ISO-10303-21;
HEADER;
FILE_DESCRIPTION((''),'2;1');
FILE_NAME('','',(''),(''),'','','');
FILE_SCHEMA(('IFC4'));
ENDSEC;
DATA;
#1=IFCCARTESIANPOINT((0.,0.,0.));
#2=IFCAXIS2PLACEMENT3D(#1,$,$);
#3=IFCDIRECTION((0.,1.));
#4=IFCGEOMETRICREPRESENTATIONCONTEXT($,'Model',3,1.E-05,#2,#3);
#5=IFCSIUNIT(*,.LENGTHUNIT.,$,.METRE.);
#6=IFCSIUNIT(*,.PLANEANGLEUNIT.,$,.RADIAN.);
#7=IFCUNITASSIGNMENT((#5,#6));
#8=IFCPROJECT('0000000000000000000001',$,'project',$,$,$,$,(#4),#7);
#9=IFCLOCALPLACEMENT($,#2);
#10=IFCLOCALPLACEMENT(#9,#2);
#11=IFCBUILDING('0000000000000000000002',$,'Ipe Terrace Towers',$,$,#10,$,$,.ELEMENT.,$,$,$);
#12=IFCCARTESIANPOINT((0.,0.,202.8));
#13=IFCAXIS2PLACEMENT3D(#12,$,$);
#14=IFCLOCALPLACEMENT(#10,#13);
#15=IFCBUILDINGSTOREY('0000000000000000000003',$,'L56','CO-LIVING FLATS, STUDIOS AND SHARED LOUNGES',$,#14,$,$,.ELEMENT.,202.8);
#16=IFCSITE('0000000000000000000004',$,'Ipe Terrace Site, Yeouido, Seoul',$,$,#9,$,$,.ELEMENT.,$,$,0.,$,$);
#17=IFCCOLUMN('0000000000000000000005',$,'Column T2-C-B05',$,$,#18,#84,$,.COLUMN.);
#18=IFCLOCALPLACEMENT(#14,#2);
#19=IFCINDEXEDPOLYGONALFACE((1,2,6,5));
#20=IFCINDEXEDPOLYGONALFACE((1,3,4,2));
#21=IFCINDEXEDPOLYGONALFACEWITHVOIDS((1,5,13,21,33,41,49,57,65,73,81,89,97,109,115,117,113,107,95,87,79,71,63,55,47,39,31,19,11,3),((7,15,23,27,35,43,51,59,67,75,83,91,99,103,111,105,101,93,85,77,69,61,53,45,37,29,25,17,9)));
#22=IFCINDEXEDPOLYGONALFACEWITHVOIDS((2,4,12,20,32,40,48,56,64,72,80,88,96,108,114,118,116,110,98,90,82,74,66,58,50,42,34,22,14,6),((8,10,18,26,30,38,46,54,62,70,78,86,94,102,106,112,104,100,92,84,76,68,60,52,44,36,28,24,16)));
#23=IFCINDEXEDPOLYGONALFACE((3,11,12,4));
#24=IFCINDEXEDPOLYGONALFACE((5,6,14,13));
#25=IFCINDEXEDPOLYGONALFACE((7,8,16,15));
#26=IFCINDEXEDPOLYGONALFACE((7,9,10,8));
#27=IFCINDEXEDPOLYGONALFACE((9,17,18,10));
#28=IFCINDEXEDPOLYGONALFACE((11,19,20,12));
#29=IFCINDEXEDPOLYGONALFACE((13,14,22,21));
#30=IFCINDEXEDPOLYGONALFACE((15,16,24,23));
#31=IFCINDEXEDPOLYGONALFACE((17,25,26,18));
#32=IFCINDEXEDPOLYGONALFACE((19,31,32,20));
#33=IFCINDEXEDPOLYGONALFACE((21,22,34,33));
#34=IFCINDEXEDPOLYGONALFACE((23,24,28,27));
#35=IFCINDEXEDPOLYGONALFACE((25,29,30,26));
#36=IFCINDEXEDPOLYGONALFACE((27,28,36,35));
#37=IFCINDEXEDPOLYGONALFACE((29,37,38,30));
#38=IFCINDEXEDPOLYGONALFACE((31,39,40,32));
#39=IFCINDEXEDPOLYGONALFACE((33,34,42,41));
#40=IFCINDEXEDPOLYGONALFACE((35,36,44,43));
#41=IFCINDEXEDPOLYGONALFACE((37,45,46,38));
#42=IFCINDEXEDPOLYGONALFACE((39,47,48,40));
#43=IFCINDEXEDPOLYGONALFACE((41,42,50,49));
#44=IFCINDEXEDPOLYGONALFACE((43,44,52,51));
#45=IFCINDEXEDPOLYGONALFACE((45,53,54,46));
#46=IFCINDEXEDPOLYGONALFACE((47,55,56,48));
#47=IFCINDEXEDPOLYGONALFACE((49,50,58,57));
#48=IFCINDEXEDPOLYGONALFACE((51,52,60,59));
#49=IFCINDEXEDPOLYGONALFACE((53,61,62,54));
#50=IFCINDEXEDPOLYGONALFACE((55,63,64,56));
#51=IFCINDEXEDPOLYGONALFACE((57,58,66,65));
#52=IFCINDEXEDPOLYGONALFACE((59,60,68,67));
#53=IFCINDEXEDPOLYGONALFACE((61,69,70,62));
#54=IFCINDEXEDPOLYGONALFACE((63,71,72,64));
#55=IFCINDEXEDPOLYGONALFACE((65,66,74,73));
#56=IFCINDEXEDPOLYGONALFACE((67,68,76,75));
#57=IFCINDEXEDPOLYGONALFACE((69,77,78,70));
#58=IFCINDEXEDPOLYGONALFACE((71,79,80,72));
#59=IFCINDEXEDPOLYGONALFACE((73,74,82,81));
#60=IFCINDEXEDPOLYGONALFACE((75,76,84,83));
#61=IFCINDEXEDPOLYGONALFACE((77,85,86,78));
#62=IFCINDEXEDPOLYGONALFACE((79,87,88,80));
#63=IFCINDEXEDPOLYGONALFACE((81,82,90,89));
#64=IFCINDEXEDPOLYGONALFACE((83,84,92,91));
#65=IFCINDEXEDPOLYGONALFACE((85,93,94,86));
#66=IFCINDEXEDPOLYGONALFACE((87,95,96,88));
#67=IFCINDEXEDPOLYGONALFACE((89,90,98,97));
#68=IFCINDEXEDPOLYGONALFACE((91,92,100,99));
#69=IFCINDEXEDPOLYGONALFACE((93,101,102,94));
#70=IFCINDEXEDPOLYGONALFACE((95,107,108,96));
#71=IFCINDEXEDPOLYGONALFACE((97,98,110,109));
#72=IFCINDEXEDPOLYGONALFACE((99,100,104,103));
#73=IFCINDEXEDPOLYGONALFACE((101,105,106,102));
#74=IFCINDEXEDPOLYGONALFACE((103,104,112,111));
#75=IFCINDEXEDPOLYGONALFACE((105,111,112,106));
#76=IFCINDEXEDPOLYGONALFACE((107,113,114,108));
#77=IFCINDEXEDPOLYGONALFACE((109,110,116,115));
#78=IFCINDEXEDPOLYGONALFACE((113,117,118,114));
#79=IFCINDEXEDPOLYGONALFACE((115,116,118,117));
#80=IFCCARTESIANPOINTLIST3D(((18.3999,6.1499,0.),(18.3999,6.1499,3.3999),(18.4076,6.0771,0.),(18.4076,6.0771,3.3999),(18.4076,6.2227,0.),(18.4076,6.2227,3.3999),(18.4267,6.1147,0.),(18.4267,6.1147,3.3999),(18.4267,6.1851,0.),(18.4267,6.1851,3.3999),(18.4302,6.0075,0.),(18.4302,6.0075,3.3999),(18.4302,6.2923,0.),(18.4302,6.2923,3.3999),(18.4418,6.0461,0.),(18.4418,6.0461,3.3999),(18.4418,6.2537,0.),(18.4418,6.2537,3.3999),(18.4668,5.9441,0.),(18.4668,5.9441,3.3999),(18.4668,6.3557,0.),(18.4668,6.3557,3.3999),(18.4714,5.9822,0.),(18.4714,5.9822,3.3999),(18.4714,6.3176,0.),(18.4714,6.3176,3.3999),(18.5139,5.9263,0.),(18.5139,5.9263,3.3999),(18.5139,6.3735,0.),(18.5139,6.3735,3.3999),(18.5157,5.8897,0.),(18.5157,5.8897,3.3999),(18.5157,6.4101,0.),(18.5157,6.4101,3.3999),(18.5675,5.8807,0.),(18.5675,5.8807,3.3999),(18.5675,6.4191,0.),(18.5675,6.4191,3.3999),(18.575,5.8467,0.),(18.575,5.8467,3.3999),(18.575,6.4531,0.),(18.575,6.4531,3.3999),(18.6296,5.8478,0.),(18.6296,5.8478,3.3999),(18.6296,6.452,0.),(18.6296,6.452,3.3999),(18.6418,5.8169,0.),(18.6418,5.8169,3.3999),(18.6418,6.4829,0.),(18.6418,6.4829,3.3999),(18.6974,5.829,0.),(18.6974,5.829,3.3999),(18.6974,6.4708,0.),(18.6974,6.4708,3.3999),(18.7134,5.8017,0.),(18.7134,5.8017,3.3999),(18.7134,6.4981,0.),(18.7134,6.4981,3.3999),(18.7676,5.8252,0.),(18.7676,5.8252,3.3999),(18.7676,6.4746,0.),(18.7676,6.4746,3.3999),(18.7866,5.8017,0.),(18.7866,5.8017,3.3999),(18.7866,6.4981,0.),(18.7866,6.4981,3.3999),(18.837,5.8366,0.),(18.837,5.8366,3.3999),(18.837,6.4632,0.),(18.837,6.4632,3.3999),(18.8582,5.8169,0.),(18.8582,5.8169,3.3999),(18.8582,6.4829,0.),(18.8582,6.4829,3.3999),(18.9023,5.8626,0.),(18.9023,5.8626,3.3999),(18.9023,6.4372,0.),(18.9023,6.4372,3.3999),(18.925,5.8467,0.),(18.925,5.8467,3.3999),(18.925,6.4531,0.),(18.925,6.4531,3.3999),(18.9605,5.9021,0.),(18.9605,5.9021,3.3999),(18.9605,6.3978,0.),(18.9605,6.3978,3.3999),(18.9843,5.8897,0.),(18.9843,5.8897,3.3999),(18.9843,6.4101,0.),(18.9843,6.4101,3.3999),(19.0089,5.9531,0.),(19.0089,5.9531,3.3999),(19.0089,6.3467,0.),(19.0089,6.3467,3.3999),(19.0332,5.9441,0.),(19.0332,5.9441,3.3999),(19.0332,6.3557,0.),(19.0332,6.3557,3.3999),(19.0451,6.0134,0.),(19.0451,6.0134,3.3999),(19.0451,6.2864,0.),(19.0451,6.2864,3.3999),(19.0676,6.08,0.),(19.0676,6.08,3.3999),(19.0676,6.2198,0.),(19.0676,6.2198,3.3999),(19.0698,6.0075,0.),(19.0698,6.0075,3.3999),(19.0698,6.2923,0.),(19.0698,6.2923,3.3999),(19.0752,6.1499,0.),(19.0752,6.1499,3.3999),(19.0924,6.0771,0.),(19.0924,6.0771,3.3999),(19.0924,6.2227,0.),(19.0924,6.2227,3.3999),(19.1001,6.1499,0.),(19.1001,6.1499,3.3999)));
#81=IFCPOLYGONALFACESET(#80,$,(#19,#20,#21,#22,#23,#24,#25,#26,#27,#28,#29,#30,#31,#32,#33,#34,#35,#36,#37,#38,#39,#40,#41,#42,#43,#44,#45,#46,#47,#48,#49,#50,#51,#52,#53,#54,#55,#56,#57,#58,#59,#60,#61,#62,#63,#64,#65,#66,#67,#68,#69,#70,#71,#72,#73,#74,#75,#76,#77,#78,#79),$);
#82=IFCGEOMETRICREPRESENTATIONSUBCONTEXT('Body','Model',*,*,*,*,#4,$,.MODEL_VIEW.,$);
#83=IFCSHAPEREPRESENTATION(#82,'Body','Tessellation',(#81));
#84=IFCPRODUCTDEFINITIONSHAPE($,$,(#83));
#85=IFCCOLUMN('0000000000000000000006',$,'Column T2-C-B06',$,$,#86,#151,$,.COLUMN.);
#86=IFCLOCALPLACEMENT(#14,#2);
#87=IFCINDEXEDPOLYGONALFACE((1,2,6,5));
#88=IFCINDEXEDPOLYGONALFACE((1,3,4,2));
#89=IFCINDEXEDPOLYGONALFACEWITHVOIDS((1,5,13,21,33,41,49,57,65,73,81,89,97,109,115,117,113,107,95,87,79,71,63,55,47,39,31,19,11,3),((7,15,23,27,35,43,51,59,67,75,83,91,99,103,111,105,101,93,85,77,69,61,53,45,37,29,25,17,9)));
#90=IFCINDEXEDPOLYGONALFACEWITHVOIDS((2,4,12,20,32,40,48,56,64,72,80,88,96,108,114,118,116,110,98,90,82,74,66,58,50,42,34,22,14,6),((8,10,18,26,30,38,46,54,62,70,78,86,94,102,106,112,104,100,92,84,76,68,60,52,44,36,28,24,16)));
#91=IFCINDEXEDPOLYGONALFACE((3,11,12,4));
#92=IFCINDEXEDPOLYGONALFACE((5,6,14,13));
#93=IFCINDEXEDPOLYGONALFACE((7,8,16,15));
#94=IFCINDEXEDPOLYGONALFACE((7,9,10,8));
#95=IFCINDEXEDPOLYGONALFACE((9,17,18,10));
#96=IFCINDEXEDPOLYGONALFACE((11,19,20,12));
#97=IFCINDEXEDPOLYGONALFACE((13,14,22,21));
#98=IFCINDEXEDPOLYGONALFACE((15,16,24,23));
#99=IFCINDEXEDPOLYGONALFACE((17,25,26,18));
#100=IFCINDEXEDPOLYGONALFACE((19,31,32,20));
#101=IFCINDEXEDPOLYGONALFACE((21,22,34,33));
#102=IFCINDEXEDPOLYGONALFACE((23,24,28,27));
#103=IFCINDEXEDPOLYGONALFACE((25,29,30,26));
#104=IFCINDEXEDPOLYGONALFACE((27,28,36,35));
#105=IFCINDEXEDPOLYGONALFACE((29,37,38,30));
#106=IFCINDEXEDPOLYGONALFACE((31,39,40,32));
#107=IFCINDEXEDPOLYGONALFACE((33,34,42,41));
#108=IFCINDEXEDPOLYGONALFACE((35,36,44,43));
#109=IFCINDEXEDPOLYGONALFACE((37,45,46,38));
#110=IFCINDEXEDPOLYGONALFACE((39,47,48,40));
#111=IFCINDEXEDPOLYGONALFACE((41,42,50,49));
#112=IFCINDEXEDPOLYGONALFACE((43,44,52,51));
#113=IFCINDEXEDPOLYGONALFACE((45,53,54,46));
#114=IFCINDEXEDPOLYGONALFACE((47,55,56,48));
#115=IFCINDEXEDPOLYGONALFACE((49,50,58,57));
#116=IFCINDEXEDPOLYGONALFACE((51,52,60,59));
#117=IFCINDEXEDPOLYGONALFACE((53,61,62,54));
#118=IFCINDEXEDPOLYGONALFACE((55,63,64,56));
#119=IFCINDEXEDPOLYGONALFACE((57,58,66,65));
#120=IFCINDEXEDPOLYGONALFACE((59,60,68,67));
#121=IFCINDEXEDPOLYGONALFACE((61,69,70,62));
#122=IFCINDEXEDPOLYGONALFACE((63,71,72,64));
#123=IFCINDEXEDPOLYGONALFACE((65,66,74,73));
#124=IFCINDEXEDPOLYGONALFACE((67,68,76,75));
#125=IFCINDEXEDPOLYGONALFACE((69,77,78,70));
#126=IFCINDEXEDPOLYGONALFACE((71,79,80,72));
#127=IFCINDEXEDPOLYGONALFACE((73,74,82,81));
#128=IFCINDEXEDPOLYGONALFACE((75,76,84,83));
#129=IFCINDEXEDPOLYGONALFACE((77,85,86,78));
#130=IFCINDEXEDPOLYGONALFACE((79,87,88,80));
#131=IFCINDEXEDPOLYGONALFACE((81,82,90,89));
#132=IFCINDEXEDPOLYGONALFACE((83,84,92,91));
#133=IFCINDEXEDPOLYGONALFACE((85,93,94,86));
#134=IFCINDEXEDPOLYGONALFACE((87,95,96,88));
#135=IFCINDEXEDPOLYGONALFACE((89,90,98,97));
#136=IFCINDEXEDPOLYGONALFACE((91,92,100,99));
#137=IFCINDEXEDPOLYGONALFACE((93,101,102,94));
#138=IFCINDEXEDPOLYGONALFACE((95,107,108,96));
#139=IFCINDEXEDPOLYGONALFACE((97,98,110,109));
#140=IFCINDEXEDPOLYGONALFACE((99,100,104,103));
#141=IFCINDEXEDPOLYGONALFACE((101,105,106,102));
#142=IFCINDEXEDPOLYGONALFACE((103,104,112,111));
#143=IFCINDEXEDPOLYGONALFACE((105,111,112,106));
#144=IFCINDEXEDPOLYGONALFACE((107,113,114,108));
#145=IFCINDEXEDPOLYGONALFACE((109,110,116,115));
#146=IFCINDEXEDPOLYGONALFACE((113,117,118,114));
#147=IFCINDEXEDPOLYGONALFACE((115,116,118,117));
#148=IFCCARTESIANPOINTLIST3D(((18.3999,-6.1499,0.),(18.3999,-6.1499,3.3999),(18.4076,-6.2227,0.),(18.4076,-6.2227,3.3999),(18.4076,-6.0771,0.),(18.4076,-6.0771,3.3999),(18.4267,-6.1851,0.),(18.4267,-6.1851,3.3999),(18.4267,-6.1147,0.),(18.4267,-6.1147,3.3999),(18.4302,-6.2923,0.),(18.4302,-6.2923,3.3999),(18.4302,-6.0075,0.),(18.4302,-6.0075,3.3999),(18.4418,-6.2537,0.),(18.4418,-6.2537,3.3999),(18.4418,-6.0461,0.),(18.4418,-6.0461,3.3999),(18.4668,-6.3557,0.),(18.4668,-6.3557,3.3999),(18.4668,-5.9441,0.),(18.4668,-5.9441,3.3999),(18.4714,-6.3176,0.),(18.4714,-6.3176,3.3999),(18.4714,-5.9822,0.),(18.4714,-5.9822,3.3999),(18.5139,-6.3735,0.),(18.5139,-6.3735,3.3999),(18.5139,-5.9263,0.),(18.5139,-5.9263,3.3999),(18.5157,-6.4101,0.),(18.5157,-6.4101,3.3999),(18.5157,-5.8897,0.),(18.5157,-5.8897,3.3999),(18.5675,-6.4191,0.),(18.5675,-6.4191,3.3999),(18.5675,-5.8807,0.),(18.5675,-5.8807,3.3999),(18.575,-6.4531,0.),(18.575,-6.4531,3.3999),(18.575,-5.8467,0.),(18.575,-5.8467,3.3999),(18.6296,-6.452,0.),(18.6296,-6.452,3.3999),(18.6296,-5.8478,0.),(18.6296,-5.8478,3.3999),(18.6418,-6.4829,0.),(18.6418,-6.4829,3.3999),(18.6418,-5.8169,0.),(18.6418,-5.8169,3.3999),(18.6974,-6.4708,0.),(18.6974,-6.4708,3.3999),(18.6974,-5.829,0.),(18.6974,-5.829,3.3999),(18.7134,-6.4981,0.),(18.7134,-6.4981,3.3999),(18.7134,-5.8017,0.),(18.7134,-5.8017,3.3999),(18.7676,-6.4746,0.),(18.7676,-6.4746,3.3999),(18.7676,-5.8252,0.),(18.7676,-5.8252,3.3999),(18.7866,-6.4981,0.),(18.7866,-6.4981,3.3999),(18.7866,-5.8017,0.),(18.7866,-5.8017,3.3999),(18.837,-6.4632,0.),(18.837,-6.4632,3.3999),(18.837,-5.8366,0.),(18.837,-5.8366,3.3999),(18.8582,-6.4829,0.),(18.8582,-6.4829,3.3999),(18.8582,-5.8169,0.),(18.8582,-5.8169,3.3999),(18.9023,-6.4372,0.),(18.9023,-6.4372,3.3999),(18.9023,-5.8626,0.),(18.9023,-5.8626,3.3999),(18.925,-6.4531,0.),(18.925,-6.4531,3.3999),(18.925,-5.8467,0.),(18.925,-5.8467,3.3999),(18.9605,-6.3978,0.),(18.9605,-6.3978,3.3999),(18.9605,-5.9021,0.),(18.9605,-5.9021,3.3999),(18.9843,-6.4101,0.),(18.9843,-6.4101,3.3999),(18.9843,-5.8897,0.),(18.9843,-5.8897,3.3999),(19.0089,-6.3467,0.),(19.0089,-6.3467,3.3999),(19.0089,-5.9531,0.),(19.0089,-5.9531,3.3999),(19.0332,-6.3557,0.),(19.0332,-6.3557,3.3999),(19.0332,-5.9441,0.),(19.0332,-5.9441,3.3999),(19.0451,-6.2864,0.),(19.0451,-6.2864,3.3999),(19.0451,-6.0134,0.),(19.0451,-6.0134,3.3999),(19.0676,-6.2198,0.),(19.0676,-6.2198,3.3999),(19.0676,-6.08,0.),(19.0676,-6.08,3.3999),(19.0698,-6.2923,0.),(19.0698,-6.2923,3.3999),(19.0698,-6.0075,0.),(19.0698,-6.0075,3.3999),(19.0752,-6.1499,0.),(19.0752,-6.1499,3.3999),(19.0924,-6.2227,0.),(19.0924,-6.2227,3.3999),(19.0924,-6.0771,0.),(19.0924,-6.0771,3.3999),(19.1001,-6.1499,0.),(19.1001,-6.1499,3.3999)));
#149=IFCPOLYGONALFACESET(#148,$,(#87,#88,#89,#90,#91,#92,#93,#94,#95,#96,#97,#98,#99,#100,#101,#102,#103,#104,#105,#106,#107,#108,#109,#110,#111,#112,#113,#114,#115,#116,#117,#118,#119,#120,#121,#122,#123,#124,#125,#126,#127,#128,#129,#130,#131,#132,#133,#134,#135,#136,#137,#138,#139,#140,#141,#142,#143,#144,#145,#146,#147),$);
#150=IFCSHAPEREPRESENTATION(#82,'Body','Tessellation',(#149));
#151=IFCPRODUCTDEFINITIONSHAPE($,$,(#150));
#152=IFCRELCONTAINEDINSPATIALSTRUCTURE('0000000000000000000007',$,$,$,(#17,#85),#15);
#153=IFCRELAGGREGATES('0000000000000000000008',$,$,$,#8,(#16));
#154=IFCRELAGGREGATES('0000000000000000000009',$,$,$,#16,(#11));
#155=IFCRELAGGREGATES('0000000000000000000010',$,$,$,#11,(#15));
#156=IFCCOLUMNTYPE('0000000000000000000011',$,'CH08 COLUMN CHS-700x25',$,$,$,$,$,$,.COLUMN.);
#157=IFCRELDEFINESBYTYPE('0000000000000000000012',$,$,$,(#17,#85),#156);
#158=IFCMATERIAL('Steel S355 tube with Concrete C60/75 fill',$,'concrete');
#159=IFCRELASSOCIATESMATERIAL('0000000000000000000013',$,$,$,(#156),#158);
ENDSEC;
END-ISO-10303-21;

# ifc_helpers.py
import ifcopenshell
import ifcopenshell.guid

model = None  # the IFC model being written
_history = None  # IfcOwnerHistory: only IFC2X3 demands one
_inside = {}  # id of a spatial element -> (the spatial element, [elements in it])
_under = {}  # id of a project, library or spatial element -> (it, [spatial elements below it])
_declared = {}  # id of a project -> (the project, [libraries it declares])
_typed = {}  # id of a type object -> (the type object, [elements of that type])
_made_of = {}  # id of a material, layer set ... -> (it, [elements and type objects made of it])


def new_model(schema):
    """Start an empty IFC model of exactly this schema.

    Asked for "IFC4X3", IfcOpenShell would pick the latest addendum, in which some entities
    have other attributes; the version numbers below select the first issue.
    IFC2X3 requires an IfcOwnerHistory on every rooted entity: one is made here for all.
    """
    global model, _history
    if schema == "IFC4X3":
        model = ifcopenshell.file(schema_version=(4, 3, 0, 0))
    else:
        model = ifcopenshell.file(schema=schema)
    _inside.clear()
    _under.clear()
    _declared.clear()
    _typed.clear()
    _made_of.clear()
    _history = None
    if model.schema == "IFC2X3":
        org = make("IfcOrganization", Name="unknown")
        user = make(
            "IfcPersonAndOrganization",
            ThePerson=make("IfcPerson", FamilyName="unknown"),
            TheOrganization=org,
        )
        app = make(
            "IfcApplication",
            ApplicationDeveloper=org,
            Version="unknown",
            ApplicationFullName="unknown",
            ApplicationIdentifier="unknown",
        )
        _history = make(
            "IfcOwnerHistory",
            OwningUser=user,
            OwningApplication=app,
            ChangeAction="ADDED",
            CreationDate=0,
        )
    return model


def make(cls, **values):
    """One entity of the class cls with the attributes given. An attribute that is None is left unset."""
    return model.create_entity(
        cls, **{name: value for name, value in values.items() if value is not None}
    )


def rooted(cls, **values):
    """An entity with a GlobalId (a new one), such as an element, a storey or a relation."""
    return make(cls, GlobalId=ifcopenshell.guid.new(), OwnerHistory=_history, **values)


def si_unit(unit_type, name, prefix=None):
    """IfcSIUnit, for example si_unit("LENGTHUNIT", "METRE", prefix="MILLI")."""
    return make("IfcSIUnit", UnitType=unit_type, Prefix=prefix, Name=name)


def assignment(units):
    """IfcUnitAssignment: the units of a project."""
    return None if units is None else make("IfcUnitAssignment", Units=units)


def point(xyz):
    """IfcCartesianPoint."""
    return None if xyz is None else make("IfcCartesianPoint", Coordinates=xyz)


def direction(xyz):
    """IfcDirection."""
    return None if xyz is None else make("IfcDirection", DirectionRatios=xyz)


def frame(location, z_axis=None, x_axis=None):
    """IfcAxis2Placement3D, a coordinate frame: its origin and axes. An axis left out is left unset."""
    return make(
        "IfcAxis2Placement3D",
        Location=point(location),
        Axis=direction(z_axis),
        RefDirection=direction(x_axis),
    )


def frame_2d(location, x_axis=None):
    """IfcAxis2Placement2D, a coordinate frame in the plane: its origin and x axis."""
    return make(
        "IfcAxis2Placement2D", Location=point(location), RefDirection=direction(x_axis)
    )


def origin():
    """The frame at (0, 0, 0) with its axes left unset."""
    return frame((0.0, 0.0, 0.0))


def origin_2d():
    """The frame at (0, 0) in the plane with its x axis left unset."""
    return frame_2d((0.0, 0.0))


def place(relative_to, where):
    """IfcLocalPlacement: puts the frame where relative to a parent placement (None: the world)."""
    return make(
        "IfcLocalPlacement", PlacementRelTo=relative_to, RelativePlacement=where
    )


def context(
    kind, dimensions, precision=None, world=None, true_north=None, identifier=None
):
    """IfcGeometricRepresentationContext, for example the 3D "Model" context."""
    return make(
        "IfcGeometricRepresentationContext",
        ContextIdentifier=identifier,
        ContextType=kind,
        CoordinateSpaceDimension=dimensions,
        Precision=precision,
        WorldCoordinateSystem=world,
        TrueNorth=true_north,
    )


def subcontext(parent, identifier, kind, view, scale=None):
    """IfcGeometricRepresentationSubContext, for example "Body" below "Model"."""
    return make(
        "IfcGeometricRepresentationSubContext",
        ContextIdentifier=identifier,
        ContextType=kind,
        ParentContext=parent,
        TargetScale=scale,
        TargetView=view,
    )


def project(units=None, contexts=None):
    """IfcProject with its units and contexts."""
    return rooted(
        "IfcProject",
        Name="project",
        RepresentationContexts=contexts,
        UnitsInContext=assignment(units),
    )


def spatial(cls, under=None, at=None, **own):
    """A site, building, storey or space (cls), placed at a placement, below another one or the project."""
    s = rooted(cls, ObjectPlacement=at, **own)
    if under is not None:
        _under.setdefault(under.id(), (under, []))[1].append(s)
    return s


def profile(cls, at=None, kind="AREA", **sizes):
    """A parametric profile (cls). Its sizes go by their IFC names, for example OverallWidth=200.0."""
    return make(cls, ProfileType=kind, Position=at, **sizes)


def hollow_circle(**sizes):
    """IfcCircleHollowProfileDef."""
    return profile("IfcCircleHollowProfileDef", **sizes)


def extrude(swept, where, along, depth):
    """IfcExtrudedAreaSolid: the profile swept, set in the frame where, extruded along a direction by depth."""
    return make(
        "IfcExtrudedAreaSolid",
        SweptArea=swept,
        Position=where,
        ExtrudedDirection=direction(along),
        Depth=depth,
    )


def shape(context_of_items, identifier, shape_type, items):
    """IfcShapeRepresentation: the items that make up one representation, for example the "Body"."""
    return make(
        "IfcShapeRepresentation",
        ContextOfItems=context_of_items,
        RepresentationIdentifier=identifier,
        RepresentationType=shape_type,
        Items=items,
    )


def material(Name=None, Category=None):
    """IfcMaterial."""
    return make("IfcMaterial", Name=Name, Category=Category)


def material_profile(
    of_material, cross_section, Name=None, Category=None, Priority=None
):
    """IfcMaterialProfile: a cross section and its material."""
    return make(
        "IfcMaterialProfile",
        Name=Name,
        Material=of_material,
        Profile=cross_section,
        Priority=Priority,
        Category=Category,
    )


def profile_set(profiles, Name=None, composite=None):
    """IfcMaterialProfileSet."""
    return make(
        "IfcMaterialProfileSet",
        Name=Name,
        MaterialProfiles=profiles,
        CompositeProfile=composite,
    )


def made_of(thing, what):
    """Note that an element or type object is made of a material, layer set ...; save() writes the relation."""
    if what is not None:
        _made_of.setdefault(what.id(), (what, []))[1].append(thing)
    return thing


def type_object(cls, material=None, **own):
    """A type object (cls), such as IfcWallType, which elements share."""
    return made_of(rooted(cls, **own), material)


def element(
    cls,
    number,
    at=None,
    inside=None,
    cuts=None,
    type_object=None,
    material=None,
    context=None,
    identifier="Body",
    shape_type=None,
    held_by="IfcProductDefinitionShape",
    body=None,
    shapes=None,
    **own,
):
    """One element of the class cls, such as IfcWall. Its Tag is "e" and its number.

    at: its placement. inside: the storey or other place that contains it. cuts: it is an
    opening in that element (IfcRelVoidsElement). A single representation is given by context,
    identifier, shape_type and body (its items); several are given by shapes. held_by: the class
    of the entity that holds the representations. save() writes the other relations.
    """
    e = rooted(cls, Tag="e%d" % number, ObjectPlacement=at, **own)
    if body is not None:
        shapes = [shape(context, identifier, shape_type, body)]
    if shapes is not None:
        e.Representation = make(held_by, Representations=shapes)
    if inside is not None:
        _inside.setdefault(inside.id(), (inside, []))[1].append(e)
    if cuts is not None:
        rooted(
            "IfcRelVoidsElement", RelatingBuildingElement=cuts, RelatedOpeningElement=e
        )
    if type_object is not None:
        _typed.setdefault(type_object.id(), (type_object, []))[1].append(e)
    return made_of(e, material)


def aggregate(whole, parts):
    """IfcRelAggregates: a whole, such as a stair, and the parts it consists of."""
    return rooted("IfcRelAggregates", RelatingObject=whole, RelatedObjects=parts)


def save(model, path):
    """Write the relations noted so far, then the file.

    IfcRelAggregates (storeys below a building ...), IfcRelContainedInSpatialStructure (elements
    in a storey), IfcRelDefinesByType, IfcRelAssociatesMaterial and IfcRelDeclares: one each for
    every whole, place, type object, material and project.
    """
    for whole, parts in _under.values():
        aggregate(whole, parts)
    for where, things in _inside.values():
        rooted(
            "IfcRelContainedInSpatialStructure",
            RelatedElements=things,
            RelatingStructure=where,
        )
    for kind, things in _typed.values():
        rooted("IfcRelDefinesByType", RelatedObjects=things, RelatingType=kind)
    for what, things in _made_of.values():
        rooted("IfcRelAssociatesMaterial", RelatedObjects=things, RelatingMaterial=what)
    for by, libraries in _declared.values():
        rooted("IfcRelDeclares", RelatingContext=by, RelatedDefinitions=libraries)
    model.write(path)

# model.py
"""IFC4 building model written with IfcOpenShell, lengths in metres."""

from ifc_helpers import new_model, si_unit, direction, frame, origin, origin_2d, place, context, subcontext, project, spatial, hollow_circle, extrude, material, material_profile, profile_set, type_object, element, save


model = new_model("IFC4")

# Units and contexts
model_context = context("Model", 3, precision=1e-05, world=origin(), true_north=direction((0.0, 1.0)))
body_context = subcontext(model_context, "Body", "Model", "MODEL_VIEW")
ifc_project = project(units=[si_unit("LENGTHUNIT", "METRE"), si_unit("PLANEANGLEUNIT", "RADIAN")], contexts=[model_context])

# Site, building, storey
site_placement = place(None, origin())
site = spatial("IfcSite", under=ifc_project, at=site_placement, Name="Ipe Terrace Site, Yeouido, Seoul", CompositionType="ELEMENT", RefElevation=0.0)
building_placement = place(site_placement, origin())
building = spatial("IfcBuilding", under=site, at=building_placement, Name="Ipe Terrace Towers", CompositionType="ELEMENT")
storey_placement = place(building_placement, frame((0.0, 0.0, 202.8)))
storey = spatial("IfcBuildingStorey", under=building, at=storey_placement, Name="L56", Description="CO-LIVING FLATS, STUDIOS AND SHARED LOUNGES", CompositionType="ELEMENT", Elevation=202.8)

# Columns
ifc_material_1 = material(Name="Steel S355 tube with Concrete C60/75 fill", Category="concrete")
ifc_material_profile_1 = material_profile(ifc_material_1, hollow_circle(Radius=0.3501, WallThickness=0.0249, at=origin_2d()), Name="CHS-700x25")
ifc_profile_set_1 = profile_set([ifc_material_profile_1], Name="Steel S355 tube with Concrete C60/75 fill")
column_type = type_object("IfcColumnType", Name="CH08 COLUMN CHS-700x25", PredefinedType="COLUMN", material=ifc_profile_set_1)
for number, where, z_axis, x_axis, name in (
    (1, (18.75, 6.1499, 0.0), (0.0, 0.0, 1.0), (1.0, 0.0, 0.0), "Column T2-C-B05"),
    (2, (18.75, -6.1499, 0.0), (0.0, 0.0, 1.0), (1.0, 0.0, 0.0), "Column T2-C-B06"),
):
    element("IfcColumn", number, at=place(storey_placement, frame(where, z_axis=z_axis, x_axis=x_axis)), inside=storey, type_object=column_type, Name=name, PredefinedType="COLUMN", context=body_context, shape_type="SweptSolid", body=[
        extrude(hollow_circle(Radius=0.3501, WallThickness=0.0249, at=origin_2d()), origin(), (0.0, 0.0, 1.0), 3.3999),
    ])

save(model, "model.ifc")
